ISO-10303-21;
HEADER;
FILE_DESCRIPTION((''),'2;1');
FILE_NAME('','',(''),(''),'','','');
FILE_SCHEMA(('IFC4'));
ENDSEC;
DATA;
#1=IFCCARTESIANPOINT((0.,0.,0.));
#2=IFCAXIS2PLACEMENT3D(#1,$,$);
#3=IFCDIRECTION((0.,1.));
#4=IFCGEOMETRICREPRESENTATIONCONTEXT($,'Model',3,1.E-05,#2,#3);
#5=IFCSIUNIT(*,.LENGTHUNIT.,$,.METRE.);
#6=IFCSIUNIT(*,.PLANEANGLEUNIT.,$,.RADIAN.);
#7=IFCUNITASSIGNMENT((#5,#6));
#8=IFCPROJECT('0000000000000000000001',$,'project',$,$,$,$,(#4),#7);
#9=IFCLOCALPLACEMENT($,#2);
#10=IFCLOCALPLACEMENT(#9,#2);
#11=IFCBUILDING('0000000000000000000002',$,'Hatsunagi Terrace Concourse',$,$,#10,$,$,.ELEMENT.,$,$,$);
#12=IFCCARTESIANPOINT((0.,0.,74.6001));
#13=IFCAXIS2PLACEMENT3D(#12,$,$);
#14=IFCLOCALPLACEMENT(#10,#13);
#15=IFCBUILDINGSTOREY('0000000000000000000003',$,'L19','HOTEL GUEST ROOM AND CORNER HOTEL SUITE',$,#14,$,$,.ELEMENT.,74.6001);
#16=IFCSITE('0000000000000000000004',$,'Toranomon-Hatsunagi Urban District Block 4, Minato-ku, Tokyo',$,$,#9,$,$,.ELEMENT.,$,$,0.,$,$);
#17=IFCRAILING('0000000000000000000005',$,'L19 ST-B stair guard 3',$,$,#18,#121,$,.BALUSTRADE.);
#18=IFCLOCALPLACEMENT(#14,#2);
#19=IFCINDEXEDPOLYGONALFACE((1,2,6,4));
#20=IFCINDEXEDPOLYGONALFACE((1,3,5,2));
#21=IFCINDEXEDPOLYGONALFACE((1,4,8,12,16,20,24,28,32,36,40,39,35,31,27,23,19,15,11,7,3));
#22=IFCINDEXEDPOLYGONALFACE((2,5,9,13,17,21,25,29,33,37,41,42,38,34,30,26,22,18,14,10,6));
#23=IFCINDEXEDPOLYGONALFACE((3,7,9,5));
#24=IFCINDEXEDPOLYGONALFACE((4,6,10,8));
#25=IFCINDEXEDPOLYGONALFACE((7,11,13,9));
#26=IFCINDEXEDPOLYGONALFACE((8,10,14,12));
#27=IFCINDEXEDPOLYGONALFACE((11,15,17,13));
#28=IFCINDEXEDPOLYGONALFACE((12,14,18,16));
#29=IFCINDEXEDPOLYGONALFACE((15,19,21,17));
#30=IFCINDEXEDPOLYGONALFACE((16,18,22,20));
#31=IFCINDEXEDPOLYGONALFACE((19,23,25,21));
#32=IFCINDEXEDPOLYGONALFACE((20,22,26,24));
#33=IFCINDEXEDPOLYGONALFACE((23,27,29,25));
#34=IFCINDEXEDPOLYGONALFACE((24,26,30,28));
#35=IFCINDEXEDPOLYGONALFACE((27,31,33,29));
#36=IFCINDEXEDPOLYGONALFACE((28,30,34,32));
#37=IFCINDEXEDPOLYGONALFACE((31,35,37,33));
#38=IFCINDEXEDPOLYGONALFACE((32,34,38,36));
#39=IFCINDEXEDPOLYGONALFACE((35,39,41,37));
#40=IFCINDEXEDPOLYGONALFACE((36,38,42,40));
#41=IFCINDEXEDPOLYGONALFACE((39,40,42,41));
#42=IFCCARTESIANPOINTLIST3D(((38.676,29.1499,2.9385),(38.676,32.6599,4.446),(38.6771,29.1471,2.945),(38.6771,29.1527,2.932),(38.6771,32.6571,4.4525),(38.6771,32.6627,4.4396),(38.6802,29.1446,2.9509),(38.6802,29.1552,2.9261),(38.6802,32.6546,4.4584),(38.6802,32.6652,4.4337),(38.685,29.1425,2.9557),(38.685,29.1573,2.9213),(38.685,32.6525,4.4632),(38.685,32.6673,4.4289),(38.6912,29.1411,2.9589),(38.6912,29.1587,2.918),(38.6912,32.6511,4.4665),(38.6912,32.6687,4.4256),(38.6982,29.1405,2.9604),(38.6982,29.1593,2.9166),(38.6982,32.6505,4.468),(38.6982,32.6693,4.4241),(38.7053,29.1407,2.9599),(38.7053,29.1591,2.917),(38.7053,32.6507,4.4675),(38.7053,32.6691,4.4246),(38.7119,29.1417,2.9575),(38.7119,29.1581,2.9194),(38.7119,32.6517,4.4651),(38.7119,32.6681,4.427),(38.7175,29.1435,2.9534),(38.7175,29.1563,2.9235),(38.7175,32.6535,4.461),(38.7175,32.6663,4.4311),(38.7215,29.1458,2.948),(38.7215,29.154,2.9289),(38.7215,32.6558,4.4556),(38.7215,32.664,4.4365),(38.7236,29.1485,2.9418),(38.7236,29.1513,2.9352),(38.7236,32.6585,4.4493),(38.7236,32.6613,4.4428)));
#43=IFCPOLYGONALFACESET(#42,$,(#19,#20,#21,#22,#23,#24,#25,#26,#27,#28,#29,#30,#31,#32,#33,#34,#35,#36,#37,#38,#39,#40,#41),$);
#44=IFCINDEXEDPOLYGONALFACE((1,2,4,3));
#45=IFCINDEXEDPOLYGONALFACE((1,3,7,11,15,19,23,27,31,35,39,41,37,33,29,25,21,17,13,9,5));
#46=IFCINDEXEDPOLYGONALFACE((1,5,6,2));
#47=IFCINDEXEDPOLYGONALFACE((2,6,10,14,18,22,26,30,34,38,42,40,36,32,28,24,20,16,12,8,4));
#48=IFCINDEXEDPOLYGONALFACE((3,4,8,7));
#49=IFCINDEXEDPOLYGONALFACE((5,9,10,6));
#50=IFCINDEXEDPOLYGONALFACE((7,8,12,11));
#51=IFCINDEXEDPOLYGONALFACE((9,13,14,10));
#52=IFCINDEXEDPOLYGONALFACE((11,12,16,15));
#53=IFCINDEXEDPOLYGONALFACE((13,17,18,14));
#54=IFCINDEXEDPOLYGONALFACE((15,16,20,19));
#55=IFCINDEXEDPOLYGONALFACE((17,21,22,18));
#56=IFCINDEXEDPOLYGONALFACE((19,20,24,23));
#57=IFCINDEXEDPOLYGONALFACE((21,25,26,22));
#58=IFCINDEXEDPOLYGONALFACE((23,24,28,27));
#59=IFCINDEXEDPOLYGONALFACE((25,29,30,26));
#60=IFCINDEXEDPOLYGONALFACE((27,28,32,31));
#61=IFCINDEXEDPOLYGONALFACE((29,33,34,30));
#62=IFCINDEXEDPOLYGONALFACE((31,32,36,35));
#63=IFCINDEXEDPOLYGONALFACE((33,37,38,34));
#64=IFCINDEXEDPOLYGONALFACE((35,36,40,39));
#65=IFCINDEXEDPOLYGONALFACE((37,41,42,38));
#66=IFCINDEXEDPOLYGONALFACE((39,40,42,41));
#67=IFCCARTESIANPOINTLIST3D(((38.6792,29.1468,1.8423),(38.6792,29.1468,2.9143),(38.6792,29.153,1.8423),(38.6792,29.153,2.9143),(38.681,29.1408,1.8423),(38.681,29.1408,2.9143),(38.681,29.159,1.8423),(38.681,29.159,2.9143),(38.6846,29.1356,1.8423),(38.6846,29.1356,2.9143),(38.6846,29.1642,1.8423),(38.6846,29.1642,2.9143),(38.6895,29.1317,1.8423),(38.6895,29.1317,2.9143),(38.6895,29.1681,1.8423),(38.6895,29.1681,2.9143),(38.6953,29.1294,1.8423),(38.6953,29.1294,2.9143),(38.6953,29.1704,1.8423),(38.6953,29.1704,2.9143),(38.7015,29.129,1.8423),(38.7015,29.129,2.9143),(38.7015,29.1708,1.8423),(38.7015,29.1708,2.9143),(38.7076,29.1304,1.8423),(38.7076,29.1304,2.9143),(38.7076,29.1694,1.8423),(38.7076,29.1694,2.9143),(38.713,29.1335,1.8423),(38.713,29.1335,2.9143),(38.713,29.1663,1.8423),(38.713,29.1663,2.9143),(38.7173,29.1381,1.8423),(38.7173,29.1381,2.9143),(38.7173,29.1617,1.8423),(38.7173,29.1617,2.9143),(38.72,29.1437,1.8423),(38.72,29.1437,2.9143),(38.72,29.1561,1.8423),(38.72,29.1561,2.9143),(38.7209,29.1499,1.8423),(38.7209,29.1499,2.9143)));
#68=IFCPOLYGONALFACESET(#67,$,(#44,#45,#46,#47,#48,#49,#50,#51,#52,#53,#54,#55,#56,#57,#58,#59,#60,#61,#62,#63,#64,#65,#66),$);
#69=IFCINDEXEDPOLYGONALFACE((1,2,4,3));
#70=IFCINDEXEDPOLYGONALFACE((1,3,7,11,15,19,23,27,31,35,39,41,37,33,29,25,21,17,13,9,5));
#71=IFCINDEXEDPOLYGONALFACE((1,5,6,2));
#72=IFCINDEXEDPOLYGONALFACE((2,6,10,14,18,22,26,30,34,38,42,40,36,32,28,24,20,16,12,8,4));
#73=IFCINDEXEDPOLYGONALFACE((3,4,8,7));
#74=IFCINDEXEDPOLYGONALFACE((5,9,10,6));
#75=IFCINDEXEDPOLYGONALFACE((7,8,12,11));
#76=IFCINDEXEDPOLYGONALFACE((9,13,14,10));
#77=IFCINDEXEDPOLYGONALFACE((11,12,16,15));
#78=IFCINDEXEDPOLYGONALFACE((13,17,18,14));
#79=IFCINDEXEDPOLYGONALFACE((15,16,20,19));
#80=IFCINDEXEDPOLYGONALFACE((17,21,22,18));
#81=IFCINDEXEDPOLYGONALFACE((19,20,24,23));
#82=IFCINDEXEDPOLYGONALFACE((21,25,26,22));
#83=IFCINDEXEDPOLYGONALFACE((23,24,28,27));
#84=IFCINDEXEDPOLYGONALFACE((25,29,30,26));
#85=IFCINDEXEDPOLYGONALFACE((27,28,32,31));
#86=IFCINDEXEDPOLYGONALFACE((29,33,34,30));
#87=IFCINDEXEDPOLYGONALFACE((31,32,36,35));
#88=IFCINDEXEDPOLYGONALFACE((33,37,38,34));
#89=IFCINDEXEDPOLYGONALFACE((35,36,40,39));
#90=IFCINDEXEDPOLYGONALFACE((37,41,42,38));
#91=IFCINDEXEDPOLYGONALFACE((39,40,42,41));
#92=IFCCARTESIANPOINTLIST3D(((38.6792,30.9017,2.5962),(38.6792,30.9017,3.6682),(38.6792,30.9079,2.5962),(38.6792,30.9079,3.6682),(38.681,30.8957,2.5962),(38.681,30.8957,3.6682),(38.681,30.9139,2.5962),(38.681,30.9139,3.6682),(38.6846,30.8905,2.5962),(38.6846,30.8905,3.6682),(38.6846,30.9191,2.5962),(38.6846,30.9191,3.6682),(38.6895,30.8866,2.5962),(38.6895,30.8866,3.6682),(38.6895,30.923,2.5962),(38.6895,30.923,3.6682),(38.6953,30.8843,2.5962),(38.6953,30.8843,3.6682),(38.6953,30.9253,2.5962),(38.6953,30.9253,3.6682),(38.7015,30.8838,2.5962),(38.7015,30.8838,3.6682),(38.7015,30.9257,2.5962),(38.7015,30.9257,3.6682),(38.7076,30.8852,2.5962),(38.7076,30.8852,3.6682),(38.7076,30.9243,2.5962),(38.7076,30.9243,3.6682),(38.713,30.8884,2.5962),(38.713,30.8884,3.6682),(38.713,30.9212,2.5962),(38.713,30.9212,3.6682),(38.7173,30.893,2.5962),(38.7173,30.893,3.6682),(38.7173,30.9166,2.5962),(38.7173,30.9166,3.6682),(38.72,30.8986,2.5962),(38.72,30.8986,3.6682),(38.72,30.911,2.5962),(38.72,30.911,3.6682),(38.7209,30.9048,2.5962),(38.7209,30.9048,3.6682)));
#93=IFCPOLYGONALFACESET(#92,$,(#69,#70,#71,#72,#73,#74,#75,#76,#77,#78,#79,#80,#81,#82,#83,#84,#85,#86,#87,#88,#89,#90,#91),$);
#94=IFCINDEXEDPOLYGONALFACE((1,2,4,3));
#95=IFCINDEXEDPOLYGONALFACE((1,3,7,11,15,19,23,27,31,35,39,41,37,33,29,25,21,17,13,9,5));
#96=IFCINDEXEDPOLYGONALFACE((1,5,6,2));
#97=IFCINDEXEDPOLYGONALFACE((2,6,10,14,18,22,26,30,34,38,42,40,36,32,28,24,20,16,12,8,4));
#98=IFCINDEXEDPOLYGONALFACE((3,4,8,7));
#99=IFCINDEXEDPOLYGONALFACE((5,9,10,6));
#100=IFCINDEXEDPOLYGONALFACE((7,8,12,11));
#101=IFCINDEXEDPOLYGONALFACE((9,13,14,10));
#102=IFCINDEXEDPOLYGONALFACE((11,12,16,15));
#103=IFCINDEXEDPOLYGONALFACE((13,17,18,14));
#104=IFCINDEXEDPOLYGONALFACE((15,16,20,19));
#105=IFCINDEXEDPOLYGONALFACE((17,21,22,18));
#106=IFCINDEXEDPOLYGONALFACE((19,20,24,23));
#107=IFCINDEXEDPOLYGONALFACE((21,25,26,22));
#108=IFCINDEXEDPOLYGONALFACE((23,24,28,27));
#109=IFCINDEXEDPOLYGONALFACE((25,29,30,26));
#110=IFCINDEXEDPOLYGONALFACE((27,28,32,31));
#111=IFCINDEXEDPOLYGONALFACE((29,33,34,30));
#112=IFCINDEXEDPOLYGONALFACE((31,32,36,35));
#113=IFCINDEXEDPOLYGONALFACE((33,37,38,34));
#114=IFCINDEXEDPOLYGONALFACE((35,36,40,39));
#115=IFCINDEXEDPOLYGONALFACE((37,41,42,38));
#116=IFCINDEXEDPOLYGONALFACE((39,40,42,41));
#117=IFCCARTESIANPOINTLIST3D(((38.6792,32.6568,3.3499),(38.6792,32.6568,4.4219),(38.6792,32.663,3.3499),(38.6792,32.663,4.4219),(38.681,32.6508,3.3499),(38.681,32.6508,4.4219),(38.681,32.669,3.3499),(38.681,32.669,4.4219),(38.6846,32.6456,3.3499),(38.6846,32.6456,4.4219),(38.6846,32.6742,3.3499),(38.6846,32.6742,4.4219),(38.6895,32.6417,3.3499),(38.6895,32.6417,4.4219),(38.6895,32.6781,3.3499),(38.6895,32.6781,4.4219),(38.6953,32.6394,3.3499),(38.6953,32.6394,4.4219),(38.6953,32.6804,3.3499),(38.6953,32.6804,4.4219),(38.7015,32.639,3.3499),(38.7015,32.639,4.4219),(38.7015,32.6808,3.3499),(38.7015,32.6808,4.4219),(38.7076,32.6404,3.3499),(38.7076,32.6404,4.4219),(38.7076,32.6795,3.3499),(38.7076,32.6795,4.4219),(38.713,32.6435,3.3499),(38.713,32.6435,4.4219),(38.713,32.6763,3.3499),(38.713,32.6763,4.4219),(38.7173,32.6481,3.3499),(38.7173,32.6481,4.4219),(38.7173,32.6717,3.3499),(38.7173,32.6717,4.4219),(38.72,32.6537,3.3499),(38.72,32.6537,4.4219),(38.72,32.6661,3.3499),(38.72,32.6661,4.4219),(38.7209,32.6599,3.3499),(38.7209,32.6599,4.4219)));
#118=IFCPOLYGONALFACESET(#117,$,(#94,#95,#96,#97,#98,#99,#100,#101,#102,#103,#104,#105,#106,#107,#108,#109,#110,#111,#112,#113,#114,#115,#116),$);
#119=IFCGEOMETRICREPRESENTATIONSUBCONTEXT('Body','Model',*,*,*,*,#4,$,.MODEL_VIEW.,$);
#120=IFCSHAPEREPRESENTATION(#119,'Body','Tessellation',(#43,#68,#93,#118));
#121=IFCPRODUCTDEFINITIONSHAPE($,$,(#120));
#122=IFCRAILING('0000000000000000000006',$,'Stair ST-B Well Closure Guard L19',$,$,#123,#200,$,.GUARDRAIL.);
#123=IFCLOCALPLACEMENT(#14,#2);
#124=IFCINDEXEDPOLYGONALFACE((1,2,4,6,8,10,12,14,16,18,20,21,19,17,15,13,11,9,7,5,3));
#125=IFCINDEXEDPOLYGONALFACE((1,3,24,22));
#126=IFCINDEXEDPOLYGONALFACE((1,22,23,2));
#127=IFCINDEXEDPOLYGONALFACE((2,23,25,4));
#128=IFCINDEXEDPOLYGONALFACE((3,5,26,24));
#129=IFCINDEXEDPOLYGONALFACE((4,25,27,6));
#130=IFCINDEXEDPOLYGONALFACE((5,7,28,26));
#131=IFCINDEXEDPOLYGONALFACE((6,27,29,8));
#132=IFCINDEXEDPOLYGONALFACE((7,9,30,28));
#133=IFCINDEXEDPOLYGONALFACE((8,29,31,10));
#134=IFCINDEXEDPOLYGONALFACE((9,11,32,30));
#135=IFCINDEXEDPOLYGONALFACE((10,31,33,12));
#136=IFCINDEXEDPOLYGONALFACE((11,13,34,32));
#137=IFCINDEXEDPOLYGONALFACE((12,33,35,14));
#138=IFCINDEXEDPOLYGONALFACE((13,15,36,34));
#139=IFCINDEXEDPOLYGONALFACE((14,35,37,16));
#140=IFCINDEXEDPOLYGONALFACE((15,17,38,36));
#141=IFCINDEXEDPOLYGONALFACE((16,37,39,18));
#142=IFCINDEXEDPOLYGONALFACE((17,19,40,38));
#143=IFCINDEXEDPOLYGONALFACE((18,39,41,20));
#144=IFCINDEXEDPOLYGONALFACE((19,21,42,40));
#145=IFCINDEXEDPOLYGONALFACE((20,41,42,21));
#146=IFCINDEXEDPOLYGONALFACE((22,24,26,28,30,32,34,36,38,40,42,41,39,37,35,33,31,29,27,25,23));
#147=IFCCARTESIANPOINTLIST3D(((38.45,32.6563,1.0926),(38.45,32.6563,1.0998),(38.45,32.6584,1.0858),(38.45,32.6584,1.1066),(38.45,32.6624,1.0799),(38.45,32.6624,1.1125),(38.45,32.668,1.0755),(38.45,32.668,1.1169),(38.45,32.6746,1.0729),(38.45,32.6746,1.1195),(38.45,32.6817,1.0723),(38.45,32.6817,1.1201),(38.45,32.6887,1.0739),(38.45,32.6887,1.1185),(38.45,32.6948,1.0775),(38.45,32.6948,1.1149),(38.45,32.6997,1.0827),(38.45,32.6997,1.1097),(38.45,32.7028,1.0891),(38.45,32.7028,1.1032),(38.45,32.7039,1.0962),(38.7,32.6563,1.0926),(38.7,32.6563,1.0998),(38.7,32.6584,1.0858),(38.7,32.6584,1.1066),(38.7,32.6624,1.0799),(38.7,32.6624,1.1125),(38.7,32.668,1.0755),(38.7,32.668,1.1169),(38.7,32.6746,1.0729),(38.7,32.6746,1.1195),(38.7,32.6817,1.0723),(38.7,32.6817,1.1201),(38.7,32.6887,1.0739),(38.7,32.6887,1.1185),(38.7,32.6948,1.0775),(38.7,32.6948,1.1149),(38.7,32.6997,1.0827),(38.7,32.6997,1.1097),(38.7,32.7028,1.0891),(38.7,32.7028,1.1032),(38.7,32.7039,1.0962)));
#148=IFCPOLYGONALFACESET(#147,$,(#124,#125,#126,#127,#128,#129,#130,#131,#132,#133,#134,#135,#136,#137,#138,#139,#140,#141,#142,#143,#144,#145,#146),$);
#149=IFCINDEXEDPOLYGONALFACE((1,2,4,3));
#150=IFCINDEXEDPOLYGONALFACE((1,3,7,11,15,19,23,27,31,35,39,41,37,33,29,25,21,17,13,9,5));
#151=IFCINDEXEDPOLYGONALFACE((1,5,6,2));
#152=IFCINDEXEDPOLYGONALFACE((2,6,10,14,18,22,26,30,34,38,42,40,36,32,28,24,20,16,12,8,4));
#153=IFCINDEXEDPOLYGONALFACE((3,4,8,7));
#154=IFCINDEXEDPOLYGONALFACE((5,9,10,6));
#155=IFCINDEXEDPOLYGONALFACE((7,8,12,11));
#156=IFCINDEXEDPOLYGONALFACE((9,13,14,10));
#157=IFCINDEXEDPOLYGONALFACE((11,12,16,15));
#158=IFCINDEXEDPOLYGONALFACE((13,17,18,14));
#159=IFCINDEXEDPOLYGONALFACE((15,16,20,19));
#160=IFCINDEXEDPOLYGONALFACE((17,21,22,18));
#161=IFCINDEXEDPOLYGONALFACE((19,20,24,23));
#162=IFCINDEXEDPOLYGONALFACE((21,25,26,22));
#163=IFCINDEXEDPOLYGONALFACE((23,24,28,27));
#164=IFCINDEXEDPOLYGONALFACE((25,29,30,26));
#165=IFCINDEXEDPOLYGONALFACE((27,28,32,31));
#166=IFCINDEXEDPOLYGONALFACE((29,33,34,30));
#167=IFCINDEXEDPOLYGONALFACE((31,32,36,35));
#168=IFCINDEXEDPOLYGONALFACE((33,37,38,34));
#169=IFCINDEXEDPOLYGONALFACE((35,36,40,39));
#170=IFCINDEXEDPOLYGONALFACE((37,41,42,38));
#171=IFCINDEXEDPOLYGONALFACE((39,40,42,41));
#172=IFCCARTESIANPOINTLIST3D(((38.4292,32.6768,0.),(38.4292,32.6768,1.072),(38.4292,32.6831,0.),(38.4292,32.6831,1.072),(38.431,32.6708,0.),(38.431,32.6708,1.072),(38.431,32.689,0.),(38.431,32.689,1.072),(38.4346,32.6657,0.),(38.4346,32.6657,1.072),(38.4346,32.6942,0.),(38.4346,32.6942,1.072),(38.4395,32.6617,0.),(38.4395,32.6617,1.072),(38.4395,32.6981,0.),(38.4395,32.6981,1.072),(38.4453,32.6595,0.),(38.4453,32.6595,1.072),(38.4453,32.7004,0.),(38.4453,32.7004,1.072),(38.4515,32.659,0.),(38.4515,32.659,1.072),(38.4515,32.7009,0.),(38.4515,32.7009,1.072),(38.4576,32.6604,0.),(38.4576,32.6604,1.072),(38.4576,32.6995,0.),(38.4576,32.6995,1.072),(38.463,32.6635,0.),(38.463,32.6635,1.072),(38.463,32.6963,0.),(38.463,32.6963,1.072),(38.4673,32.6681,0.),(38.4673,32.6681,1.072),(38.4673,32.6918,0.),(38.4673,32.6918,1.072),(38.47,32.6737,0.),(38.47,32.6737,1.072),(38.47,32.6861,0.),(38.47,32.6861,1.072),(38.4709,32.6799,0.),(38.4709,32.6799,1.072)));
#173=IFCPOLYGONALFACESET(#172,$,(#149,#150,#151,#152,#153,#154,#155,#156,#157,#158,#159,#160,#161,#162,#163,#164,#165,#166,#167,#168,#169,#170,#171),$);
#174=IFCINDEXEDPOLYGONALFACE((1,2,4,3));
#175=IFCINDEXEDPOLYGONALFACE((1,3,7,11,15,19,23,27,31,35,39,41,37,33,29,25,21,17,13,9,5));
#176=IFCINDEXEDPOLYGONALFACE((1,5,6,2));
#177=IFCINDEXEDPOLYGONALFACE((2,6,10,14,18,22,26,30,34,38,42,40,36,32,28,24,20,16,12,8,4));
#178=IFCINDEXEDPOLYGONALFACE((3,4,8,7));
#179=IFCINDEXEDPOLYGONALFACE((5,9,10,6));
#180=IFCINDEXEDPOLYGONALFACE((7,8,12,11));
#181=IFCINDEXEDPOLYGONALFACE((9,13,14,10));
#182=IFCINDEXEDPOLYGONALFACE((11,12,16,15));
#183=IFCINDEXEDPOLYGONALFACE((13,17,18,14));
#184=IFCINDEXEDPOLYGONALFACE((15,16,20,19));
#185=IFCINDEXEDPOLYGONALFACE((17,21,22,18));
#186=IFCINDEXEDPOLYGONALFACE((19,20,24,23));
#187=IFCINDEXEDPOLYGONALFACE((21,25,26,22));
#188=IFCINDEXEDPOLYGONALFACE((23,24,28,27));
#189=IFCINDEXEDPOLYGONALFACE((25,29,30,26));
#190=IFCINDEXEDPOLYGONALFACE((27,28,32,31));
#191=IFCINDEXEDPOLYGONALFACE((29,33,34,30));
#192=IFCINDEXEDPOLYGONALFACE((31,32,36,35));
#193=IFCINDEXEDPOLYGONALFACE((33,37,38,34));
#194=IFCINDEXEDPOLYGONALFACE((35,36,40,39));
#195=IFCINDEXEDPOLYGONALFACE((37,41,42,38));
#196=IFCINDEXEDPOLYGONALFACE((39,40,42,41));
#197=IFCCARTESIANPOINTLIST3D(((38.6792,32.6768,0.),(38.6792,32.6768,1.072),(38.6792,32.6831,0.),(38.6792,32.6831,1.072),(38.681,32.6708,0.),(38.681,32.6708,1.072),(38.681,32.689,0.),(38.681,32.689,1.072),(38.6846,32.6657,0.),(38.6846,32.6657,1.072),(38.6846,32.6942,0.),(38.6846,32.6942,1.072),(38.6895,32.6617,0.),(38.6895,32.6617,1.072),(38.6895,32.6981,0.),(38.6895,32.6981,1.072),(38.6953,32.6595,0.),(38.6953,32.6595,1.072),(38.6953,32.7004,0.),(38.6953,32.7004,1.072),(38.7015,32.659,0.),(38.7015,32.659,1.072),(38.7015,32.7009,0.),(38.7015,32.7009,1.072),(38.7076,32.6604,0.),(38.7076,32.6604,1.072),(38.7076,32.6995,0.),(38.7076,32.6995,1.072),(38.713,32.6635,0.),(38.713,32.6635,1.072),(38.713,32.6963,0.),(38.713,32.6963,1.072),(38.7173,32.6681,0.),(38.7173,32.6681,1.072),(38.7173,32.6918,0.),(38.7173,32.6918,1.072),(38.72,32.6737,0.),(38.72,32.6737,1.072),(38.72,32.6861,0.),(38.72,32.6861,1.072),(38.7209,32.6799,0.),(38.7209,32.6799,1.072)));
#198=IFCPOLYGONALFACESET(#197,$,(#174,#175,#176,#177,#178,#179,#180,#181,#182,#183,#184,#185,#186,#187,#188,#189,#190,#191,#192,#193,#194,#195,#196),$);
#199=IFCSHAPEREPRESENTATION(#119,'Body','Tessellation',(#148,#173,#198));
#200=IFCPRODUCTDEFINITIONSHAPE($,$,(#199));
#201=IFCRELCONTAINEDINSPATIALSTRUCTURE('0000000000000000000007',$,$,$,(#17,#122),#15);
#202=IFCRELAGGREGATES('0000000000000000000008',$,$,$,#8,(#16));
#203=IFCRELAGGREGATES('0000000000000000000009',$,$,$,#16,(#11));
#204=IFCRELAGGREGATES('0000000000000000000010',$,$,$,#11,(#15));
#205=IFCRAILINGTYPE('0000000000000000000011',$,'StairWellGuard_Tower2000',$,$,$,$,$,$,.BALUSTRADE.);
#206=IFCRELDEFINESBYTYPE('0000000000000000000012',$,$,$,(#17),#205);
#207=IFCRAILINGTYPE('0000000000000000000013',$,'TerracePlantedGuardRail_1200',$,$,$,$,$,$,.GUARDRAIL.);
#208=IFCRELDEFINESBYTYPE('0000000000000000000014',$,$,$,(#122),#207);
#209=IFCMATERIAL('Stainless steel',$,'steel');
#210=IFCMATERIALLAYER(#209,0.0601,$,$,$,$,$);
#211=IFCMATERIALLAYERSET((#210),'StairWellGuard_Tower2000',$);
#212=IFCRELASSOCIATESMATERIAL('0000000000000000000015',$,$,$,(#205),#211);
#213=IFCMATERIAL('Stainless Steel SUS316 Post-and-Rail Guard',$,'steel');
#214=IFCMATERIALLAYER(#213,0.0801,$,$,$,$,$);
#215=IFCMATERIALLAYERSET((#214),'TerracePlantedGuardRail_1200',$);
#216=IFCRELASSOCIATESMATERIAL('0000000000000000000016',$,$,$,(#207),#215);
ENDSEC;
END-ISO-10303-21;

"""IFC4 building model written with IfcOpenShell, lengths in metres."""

from ifc_helpers import new_model, si_unit, direction, frame, origin, origin_2d, place, context, subcontext, project, spatial, circle, extrude, material, layer, layer_set, type_object, element, save


model = new_model("IFC4")

# Units and contexts
model_context = context("Model", 3, precision=1e-05, world=origin(), true_north=direction((0.0, 1.0)))
body_context = subcontext(model_context, "Body", "Model", "MODEL_VIEW")
ifc_project = project(units=[si_unit("LENGTHUNIT", "METRE"), si_unit("PLANEANGLEUNIT", "RADIAN")], contexts=[model_context])

# Site, building, storey
site_placement = place(None, origin())
site = spatial("IfcSite", under=ifc_project, at=site_placement, Name="Toranomon-Hatsunagi Urban District Block 4, Minato-ku, Tokyo", CompositionType="ELEMENT", RefElevation=0.0)
building_placement = place(site_placement, origin())
building = spatial("IfcBuilding", under=site, at=building_placement, Name="Hatsunagi Terrace Concourse", CompositionType="ELEMENT")
storey_placement = place(building_placement, frame((0.0, 0.0, 74.6001)))
storey = spatial("IfcBuildingStorey", under=building, at=storey_placement, Name="L19", Description="HOTEL GUEST ROOM AND CORNER HOTEL SUITE", CompositionType="ELEMENT", Elevation=74.6001)

# Railings
ifc_material_1 = material(Name="Stainless steel", Category="steel")
ifc_layer_1 = layer(ifc_material_1, 0.0601)
ifc_layer_set_1 = layer_set([ifc_layer_1], Name="StairWellGuard_Tower2000")
railing_type_1 = type_object("IfcRailingType", Name="StairWellGuard_Tower2000", PredefinedType="BALUSTRADE", material=ifc_layer_set_1)
railing_1_placement = place(storey_placement, frame((38.7, 29.1499, 1.8423)))
element("IfcRailing", 1, at=railing_1_placement, inside=storey, type_object=railing_type_1, Name="L19 ST-B stair guard 3", PredefinedType="BALUSTRADE", context=body_context, shape_type="SweptSolid", body=[
    extrude(circle(Radius=0.0239, at=origin_2d()), frame((0.0, 0.0, 1.0962), z_axis=(0.0, 0.918834, 0.394644), x_axis=(-1.0, 0.0, 0.0)), (0.0, 0.0, 1.0), 3.8201),
    extrude(circle(Radius=0.021, at=origin_2d()), origin(), (0.0, 0.0, 1.0), 1.072),
    extrude(circle(Radius=0.021, at=origin_2d()), frame((0.0, 1.7549, 0.7539)), (0.0, 0.0, 1.0), 1.072),
    extrude(circle(Radius=0.021, at=origin_2d()), frame((0.0, 3.51, 1.5076)), (0.0, 0.0, 1.0), 1.072),
])
ifc_material_2 = material(Name="Stainless Steel SUS316 Post-and-Rail Guard", Category="steel")
ifc_layer_2 = layer(ifc_material_2, 0.0801)
ifc_layer_set_2 = layer_set([ifc_layer_2], Name="TerracePlantedGuardRail_1200")
railing_type_2 = type_object("IfcRailingType", Name="TerracePlantedGuardRail_1200", PredefinedType="GUARDRAIL", material=ifc_layer_set_2)
railing_2_placement = place(storey_placement, frame((38.45, 32.6799, 0.0)))
element("IfcRailing", 2, at=railing_2_placement, inside=storey, type_object=railing_type_2, Name="Stair ST-B Well Closure Guard L19", PredefinedType="GUARDRAIL", context=body_context, shape_type="SweptSolid", body=[
    extrude(circle(Radius=0.0239, at=origin_2d()), frame((0.0, 0.0, 1.0962), z_axis=(1.0, 0.0, 0.0), x_axis=(0.0, 1.0, 0.0)), (0.0, 0.0, 1.0), 0.25),
    extrude(circle(Radius=0.021, at=origin_2d()), origin(), (0.0, 0.0, 1.0), 1.072),
    extrude(circle(Radius=0.021, at=origin_2d()), frame((0.25, 0.0, 0.0)), (0.0, 0.0, 1.0), 1.072),
])

save(model, "model.ifc")
